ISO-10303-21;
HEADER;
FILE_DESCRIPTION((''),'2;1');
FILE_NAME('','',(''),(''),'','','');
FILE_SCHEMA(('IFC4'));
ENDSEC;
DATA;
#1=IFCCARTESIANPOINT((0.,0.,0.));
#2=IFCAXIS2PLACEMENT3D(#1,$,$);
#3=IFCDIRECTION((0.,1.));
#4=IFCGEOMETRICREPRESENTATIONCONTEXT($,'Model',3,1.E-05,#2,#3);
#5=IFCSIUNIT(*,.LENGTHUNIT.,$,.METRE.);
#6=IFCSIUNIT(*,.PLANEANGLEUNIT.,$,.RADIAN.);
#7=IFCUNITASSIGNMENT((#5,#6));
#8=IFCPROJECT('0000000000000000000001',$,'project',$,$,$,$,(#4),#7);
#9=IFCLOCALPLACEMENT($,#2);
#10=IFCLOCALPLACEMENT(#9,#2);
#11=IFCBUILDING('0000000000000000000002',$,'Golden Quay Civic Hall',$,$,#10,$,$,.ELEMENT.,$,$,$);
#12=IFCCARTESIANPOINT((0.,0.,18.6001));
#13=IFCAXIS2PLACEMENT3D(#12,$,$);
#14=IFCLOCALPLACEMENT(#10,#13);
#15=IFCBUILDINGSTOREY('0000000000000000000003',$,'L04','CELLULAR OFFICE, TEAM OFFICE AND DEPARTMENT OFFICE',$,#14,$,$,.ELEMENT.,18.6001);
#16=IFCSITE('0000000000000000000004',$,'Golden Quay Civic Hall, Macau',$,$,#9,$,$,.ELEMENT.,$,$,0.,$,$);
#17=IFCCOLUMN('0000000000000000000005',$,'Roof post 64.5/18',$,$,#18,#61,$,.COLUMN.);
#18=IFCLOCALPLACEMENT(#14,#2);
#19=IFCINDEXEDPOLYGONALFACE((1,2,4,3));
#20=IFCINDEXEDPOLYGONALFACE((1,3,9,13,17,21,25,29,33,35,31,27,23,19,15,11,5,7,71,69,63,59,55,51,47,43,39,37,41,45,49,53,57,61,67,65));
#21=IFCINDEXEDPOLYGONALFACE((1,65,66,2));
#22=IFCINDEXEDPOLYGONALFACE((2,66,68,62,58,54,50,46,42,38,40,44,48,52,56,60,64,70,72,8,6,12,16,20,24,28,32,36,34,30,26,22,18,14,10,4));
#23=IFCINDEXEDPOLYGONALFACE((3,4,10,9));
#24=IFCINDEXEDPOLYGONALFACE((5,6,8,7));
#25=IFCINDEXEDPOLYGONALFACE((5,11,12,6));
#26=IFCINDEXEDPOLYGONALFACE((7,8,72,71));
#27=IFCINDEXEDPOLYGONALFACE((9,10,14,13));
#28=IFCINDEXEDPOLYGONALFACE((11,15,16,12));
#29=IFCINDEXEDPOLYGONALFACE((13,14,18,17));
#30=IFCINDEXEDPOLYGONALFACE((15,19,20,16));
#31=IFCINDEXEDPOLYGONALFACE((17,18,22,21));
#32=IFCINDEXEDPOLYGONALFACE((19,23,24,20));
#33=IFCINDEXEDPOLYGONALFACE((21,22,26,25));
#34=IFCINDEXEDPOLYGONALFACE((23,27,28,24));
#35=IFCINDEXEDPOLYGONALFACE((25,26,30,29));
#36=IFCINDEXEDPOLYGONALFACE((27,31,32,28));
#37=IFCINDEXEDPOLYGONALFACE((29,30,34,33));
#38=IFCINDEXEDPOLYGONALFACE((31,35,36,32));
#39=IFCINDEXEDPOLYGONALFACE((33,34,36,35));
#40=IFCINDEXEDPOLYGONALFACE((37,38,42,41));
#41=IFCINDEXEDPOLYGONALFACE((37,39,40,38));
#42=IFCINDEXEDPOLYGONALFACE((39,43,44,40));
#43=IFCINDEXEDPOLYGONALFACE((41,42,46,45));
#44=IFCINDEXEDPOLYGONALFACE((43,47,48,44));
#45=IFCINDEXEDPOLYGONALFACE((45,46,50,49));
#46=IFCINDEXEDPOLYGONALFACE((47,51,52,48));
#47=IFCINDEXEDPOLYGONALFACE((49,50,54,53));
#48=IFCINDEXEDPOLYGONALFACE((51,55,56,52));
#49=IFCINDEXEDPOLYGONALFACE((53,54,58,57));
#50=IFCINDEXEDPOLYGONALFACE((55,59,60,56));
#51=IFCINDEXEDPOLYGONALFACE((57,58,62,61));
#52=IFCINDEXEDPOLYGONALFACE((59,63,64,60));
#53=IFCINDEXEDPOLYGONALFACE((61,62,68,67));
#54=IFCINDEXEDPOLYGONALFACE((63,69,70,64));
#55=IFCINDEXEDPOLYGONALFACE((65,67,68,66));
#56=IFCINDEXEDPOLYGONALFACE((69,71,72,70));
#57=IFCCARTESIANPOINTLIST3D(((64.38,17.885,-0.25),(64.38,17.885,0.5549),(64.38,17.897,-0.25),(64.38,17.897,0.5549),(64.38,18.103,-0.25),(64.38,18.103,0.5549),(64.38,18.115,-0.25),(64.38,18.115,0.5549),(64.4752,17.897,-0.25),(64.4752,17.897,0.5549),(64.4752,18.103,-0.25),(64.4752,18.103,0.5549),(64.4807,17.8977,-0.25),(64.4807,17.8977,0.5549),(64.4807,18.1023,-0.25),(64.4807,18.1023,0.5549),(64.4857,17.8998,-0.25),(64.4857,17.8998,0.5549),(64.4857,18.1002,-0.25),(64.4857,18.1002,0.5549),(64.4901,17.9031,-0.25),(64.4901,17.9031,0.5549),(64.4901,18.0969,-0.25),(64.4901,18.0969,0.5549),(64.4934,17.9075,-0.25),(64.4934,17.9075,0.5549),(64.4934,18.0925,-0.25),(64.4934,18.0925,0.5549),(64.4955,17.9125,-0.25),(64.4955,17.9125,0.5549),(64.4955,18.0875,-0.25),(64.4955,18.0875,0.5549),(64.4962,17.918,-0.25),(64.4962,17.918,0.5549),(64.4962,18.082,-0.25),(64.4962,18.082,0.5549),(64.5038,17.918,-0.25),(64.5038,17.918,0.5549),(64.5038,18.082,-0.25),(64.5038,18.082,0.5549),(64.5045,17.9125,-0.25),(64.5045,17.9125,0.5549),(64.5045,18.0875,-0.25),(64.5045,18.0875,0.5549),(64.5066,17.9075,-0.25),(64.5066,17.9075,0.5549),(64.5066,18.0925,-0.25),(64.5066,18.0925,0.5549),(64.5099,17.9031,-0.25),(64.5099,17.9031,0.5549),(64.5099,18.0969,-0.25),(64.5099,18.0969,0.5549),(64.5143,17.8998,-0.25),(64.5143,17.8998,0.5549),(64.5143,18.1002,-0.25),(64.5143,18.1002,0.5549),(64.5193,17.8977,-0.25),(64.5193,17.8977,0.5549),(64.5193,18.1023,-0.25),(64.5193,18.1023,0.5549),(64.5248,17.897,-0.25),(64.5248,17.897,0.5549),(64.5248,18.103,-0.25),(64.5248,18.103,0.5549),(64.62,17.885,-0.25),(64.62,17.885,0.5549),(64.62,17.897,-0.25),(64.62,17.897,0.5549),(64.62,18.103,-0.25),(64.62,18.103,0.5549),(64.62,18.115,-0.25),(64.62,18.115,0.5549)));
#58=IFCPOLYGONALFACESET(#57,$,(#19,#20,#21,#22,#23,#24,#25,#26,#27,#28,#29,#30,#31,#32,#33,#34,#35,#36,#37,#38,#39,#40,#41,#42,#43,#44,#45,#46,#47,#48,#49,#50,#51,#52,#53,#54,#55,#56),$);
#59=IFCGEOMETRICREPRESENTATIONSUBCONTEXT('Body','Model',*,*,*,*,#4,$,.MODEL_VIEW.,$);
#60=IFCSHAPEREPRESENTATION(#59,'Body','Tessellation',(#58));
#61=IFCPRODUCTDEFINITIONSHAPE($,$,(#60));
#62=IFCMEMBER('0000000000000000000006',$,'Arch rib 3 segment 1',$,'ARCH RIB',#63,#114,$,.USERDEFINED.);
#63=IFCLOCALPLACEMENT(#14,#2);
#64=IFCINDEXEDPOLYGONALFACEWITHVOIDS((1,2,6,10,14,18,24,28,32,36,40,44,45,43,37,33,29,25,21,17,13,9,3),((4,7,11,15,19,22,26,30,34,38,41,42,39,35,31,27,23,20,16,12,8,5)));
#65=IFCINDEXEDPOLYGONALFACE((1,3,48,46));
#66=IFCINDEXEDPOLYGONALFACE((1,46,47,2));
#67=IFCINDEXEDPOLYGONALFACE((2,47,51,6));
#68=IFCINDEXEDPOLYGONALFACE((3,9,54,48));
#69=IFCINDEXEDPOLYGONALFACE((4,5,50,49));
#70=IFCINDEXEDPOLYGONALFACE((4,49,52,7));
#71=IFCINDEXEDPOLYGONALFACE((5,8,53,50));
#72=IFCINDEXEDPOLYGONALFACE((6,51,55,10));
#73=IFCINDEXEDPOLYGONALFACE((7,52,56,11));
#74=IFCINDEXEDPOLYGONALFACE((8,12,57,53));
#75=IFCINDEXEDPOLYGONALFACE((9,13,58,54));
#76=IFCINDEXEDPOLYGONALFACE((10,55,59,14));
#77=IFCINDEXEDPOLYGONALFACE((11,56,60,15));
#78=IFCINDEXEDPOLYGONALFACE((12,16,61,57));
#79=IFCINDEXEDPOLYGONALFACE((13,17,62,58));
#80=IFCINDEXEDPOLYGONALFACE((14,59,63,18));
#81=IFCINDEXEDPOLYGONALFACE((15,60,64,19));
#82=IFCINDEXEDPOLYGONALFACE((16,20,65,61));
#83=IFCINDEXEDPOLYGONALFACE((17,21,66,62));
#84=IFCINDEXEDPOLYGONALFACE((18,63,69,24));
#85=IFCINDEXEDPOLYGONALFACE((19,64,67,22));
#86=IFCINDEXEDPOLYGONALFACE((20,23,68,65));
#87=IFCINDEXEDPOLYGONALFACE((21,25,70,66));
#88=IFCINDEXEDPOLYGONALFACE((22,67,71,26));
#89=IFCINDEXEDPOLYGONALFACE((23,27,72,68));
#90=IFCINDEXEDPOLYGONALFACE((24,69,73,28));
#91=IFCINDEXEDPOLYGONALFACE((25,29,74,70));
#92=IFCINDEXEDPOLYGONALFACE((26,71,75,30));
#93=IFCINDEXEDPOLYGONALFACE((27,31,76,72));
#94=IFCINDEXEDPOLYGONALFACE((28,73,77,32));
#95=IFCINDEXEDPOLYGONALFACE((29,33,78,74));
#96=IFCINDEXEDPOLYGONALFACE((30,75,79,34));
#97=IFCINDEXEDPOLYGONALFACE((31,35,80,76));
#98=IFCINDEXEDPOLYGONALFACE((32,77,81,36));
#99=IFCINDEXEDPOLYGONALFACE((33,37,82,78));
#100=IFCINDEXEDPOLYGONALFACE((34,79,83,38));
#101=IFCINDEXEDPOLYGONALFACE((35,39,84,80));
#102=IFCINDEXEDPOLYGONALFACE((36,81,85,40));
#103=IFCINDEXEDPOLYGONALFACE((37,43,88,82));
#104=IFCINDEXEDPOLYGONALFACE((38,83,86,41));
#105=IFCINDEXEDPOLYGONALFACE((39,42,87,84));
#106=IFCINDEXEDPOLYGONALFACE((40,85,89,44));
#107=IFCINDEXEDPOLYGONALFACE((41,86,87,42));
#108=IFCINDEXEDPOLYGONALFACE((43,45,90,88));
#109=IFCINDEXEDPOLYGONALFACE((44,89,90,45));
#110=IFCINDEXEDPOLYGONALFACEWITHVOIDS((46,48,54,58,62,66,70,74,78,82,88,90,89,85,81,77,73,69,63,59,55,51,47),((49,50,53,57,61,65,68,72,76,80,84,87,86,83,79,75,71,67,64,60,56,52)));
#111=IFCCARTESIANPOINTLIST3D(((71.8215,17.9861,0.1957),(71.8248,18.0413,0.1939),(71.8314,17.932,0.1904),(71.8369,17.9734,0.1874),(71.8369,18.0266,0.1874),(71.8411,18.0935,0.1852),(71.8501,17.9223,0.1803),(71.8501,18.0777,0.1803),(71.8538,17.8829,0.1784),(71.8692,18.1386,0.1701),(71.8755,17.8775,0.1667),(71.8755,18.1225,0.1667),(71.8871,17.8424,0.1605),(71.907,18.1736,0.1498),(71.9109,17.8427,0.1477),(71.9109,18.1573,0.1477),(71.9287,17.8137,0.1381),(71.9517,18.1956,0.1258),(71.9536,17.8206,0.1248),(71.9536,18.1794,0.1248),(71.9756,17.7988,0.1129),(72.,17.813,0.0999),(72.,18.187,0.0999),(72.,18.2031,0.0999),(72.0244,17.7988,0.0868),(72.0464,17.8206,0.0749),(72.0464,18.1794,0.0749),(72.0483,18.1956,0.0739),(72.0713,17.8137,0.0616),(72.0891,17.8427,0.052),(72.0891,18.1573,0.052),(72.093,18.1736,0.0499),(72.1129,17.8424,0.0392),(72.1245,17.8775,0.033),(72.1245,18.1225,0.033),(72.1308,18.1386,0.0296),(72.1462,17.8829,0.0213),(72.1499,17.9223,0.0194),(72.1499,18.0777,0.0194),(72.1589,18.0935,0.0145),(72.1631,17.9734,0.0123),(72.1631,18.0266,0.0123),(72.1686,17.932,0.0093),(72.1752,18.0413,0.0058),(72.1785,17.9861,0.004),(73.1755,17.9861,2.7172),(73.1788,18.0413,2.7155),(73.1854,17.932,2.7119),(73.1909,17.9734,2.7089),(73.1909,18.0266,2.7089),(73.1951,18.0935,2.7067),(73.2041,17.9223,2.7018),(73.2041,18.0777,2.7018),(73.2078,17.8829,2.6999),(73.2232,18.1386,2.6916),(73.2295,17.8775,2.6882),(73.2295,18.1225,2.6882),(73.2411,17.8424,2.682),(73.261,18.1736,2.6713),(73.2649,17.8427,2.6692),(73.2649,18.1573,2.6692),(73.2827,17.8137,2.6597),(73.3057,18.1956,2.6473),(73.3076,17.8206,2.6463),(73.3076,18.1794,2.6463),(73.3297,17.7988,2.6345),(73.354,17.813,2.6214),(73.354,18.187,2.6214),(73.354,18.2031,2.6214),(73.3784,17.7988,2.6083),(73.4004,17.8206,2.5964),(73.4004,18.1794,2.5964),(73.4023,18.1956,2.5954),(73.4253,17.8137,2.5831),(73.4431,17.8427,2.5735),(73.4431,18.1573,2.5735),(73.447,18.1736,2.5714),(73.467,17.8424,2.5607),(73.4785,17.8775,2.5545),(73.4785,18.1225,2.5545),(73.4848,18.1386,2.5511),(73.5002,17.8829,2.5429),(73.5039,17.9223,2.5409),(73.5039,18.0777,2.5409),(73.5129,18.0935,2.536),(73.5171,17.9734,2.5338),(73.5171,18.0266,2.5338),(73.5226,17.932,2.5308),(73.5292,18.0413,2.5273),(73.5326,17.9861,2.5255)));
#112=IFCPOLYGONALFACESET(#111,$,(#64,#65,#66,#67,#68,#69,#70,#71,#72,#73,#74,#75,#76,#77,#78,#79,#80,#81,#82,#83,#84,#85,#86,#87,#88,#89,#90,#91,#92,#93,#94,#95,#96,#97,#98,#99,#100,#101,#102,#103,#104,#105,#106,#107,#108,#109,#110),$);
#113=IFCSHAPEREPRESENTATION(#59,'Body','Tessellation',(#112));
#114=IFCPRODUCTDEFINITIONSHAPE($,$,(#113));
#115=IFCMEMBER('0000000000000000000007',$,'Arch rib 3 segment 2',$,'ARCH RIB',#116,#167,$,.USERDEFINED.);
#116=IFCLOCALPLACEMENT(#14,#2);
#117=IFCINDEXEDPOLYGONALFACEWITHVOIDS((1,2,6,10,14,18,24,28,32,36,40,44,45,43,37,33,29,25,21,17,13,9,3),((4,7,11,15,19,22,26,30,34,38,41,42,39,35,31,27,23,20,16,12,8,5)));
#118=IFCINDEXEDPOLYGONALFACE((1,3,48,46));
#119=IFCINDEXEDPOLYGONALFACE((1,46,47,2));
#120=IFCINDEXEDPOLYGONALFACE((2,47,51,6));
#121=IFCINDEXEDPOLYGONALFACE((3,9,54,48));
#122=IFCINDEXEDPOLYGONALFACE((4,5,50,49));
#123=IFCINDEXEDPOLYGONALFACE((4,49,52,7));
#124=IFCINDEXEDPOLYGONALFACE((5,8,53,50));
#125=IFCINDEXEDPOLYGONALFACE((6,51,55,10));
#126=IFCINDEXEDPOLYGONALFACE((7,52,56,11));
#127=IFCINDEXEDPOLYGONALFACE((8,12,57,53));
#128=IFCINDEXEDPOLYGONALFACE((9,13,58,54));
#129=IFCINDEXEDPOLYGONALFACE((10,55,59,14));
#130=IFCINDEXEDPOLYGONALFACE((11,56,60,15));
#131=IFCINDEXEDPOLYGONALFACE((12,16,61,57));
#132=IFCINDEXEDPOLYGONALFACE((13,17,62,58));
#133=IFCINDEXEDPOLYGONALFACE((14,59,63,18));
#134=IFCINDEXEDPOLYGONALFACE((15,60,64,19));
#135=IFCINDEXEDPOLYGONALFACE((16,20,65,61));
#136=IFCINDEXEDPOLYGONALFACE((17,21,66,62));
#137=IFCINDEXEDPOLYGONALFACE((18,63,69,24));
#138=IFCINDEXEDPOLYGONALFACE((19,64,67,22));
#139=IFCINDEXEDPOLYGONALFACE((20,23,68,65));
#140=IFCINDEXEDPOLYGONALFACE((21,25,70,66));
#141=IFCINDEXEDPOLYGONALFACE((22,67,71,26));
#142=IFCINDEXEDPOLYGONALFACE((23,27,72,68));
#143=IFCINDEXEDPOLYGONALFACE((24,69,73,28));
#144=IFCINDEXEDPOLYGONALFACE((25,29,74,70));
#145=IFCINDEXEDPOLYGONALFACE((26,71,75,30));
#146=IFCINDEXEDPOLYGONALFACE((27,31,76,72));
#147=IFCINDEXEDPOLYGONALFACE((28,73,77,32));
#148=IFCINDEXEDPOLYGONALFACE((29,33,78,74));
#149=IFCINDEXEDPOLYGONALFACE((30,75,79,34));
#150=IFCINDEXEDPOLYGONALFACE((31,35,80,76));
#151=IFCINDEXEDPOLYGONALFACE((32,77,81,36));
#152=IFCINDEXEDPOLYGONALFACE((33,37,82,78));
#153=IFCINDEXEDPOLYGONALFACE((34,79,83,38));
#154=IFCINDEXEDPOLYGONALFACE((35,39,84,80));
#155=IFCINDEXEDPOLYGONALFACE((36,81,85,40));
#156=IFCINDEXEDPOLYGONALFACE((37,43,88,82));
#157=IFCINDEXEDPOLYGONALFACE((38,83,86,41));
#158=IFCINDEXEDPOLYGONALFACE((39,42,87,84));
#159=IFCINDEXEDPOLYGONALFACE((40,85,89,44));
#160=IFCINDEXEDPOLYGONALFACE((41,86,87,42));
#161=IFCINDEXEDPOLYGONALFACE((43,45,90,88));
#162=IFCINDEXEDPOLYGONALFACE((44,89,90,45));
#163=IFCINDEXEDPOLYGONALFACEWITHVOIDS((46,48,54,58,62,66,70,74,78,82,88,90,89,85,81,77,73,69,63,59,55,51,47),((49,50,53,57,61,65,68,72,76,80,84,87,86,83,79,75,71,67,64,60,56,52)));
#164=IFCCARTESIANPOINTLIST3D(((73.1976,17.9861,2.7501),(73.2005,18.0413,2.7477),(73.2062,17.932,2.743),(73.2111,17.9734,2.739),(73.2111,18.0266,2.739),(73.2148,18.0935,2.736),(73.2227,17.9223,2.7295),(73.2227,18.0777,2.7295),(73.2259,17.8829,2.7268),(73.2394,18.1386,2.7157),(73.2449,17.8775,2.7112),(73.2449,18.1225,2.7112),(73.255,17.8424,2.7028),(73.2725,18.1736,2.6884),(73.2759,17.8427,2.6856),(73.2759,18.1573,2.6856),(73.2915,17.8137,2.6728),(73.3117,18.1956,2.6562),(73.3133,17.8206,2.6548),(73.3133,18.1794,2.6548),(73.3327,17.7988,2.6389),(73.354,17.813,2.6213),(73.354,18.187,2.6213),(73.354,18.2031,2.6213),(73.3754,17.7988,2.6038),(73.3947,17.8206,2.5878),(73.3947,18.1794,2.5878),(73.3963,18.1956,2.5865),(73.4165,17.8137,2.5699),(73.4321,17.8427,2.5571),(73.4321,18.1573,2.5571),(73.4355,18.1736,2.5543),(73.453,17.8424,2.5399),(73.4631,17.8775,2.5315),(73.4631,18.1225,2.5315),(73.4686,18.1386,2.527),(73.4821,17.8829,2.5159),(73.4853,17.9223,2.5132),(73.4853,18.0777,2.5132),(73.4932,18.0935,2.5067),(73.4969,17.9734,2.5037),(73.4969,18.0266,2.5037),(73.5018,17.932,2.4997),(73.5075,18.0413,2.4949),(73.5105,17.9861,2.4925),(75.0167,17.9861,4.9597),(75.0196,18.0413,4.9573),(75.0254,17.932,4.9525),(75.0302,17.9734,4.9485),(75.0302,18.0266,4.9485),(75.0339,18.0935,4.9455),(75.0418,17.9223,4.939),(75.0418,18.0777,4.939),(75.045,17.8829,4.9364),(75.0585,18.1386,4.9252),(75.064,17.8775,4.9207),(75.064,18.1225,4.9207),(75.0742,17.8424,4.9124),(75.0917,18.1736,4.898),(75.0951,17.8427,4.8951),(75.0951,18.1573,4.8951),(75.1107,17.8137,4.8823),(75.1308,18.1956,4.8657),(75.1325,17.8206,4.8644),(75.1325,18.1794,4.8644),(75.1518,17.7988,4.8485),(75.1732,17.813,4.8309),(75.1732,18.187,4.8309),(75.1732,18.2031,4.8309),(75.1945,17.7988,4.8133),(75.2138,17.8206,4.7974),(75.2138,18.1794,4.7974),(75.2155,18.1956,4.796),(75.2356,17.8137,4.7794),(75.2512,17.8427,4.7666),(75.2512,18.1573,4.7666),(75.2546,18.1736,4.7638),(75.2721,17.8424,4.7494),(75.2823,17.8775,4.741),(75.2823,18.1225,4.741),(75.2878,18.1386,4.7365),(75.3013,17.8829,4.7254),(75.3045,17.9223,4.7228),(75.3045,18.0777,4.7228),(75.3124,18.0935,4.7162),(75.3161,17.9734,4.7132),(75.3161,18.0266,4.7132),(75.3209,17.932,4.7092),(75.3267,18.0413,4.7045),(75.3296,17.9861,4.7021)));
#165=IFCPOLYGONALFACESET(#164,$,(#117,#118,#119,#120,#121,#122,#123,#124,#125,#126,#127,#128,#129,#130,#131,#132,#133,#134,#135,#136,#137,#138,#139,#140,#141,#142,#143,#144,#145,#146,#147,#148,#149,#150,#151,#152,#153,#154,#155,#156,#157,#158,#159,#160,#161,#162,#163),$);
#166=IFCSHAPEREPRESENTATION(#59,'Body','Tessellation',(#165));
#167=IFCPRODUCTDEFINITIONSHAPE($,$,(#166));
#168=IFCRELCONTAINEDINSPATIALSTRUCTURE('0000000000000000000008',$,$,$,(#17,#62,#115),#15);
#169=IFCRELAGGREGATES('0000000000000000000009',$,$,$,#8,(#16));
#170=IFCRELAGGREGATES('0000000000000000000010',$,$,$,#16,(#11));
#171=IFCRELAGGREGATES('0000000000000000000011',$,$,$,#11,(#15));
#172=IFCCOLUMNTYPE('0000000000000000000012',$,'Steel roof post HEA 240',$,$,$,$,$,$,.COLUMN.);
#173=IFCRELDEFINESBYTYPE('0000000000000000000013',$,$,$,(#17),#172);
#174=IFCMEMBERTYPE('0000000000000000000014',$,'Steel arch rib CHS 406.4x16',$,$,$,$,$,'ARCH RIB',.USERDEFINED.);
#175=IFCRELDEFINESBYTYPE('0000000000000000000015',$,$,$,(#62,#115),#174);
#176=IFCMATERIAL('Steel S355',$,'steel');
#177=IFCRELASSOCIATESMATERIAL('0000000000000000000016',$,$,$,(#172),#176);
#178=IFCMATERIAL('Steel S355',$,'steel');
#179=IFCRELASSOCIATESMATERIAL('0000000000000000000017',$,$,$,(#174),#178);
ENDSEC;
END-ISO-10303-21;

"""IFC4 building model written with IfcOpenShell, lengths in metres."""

from ifc_helpers import new_model, si_unit, direction, frame, origin, origin_2d, place, context, subcontext, project, spatial, hollow_circle, i_section, extrude, material, material_profile, profile_set, type_object, element, save


model = new_model("IFC4")

# Units and contexts
model_context = context("Model", 3, precision=1e-05, world=origin(), true_north=direction((0.0, 1.0)))
body_context = subcontext(model_context, "Body", "Model", "MODEL_VIEW")
ifc_project = project(units=[si_unit("LENGTHUNIT", "METRE"), si_unit("PLANEANGLEUNIT", "RADIAN")], contexts=[model_context])

# Site, building, storey
site_placement = place(None, origin())
site = spatial("IfcSite", under=ifc_project, at=site_placement, Name="Golden Quay Civic Hall, Macau", CompositionType="ELEMENT", RefElevation=0.0)
building_placement = place(site_placement, origin())
building = spatial("IfcBuilding", under=site, at=building_placement, Name="Golden Quay Civic Hall", CompositionType="ELEMENT")
storey_placement = place(building_placement, frame((0.0, 0.0, 18.6001)))
storey = spatial("IfcBuildingStorey", under=building, at=storey_placement, Name="L04", Description="CELLULAR OFFICE, TEAM OFFICE AND DEPARTMENT OFFICE", CompositionType="ELEMENT", Elevation=18.6001)

# Column
ifc_material_1 = material(Name="Steel S355", Category="steel")
ifc_material_profile_1 = material_profile(ifc_material_1, i_section(OverallWidth=0.24, OverallDepth=0.23, WebThickness=0.0076, FlangeThickness=0.012, FilletRadius=0.021, at=origin_2d()), Name="HEA 240")
ifc_profile_set_1 = profile_set([ifc_material_profile_1], Name="Steel S355")
column_type = type_object("IfcColumnType", Name="Steel roof post HEA 240", PredefinedType="COLUMN", material=ifc_profile_set_1)
column_placement = place(storey_placement, frame((64.5, 18.0, -0.25), z_axis=(0.0, 0.0, 1.0), x_axis=(1.0, 0.0, 0.0)))
element("IfcColumn", 1, at=column_placement, inside=storey, type_object=column_type, Name="Roof post 64.5/18", PredefinedType="COLUMN", context=body_context, shape_type="SweptSolid", body=[
    extrude(i_section(OverallWidth=0.24, OverallDepth=0.23, WebThickness=0.0076, FlangeThickness=0.012, FilletRadius=0.021, at=origin_2d()), origin(), (0.0, 0.0, 1.0), 0.8049),
])

# Members
ifc_material_2 = material(Name="Steel S355", Category="steel")
ifc_material_profile_2 = material_profile(ifc_material_2, hollow_circle(Radius=0.2031, WallThickness=0.0161, at=origin_2d()), Name="CHS 406.4x16")
ifc_profile_set_2 = profile_set([ifc_material_profile_2], Name="Steel S355")
member_type_1 = type_object("IfcMemberType", Name="Steel arch rib CHS 406.4x16", ElementType="ARCH RIB", PredefinedType="USERDEFINED", material=ifc_profile_set_2)
for number, where, z_axis, x_axis, name in (
    (2, (72.0, 18.0, 0.0999), (0.473092, 0.0, 0.881013), (0.0, 1.0, 0.0), "Arch rib 3 segment 1"),
    (3, (73.354, 18.0, 2.6213), (0.635609, 0.0, 0.772011), (0.0, 1.0, 0.0), "Arch rib 3 segment 2"),
):
    element("IfcMember", number, at=place(storey_placement, frame(where, z_axis=z_axis, x_axis=x_axis)), inside=storey, type_object=member_type_1, Name=name, ObjectType="ARCH RIB", PredefinedType="USERDEFINED", context=body_context, shape_type="SweptSolid", body=[
        extrude(hollow_circle(Radius=0.2031, WallThickness=0.0161, at=origin_2d()), origin(), (0.0, 0.0, 1.0), 2.8621),
    ])

save(model, "model.ifc")
